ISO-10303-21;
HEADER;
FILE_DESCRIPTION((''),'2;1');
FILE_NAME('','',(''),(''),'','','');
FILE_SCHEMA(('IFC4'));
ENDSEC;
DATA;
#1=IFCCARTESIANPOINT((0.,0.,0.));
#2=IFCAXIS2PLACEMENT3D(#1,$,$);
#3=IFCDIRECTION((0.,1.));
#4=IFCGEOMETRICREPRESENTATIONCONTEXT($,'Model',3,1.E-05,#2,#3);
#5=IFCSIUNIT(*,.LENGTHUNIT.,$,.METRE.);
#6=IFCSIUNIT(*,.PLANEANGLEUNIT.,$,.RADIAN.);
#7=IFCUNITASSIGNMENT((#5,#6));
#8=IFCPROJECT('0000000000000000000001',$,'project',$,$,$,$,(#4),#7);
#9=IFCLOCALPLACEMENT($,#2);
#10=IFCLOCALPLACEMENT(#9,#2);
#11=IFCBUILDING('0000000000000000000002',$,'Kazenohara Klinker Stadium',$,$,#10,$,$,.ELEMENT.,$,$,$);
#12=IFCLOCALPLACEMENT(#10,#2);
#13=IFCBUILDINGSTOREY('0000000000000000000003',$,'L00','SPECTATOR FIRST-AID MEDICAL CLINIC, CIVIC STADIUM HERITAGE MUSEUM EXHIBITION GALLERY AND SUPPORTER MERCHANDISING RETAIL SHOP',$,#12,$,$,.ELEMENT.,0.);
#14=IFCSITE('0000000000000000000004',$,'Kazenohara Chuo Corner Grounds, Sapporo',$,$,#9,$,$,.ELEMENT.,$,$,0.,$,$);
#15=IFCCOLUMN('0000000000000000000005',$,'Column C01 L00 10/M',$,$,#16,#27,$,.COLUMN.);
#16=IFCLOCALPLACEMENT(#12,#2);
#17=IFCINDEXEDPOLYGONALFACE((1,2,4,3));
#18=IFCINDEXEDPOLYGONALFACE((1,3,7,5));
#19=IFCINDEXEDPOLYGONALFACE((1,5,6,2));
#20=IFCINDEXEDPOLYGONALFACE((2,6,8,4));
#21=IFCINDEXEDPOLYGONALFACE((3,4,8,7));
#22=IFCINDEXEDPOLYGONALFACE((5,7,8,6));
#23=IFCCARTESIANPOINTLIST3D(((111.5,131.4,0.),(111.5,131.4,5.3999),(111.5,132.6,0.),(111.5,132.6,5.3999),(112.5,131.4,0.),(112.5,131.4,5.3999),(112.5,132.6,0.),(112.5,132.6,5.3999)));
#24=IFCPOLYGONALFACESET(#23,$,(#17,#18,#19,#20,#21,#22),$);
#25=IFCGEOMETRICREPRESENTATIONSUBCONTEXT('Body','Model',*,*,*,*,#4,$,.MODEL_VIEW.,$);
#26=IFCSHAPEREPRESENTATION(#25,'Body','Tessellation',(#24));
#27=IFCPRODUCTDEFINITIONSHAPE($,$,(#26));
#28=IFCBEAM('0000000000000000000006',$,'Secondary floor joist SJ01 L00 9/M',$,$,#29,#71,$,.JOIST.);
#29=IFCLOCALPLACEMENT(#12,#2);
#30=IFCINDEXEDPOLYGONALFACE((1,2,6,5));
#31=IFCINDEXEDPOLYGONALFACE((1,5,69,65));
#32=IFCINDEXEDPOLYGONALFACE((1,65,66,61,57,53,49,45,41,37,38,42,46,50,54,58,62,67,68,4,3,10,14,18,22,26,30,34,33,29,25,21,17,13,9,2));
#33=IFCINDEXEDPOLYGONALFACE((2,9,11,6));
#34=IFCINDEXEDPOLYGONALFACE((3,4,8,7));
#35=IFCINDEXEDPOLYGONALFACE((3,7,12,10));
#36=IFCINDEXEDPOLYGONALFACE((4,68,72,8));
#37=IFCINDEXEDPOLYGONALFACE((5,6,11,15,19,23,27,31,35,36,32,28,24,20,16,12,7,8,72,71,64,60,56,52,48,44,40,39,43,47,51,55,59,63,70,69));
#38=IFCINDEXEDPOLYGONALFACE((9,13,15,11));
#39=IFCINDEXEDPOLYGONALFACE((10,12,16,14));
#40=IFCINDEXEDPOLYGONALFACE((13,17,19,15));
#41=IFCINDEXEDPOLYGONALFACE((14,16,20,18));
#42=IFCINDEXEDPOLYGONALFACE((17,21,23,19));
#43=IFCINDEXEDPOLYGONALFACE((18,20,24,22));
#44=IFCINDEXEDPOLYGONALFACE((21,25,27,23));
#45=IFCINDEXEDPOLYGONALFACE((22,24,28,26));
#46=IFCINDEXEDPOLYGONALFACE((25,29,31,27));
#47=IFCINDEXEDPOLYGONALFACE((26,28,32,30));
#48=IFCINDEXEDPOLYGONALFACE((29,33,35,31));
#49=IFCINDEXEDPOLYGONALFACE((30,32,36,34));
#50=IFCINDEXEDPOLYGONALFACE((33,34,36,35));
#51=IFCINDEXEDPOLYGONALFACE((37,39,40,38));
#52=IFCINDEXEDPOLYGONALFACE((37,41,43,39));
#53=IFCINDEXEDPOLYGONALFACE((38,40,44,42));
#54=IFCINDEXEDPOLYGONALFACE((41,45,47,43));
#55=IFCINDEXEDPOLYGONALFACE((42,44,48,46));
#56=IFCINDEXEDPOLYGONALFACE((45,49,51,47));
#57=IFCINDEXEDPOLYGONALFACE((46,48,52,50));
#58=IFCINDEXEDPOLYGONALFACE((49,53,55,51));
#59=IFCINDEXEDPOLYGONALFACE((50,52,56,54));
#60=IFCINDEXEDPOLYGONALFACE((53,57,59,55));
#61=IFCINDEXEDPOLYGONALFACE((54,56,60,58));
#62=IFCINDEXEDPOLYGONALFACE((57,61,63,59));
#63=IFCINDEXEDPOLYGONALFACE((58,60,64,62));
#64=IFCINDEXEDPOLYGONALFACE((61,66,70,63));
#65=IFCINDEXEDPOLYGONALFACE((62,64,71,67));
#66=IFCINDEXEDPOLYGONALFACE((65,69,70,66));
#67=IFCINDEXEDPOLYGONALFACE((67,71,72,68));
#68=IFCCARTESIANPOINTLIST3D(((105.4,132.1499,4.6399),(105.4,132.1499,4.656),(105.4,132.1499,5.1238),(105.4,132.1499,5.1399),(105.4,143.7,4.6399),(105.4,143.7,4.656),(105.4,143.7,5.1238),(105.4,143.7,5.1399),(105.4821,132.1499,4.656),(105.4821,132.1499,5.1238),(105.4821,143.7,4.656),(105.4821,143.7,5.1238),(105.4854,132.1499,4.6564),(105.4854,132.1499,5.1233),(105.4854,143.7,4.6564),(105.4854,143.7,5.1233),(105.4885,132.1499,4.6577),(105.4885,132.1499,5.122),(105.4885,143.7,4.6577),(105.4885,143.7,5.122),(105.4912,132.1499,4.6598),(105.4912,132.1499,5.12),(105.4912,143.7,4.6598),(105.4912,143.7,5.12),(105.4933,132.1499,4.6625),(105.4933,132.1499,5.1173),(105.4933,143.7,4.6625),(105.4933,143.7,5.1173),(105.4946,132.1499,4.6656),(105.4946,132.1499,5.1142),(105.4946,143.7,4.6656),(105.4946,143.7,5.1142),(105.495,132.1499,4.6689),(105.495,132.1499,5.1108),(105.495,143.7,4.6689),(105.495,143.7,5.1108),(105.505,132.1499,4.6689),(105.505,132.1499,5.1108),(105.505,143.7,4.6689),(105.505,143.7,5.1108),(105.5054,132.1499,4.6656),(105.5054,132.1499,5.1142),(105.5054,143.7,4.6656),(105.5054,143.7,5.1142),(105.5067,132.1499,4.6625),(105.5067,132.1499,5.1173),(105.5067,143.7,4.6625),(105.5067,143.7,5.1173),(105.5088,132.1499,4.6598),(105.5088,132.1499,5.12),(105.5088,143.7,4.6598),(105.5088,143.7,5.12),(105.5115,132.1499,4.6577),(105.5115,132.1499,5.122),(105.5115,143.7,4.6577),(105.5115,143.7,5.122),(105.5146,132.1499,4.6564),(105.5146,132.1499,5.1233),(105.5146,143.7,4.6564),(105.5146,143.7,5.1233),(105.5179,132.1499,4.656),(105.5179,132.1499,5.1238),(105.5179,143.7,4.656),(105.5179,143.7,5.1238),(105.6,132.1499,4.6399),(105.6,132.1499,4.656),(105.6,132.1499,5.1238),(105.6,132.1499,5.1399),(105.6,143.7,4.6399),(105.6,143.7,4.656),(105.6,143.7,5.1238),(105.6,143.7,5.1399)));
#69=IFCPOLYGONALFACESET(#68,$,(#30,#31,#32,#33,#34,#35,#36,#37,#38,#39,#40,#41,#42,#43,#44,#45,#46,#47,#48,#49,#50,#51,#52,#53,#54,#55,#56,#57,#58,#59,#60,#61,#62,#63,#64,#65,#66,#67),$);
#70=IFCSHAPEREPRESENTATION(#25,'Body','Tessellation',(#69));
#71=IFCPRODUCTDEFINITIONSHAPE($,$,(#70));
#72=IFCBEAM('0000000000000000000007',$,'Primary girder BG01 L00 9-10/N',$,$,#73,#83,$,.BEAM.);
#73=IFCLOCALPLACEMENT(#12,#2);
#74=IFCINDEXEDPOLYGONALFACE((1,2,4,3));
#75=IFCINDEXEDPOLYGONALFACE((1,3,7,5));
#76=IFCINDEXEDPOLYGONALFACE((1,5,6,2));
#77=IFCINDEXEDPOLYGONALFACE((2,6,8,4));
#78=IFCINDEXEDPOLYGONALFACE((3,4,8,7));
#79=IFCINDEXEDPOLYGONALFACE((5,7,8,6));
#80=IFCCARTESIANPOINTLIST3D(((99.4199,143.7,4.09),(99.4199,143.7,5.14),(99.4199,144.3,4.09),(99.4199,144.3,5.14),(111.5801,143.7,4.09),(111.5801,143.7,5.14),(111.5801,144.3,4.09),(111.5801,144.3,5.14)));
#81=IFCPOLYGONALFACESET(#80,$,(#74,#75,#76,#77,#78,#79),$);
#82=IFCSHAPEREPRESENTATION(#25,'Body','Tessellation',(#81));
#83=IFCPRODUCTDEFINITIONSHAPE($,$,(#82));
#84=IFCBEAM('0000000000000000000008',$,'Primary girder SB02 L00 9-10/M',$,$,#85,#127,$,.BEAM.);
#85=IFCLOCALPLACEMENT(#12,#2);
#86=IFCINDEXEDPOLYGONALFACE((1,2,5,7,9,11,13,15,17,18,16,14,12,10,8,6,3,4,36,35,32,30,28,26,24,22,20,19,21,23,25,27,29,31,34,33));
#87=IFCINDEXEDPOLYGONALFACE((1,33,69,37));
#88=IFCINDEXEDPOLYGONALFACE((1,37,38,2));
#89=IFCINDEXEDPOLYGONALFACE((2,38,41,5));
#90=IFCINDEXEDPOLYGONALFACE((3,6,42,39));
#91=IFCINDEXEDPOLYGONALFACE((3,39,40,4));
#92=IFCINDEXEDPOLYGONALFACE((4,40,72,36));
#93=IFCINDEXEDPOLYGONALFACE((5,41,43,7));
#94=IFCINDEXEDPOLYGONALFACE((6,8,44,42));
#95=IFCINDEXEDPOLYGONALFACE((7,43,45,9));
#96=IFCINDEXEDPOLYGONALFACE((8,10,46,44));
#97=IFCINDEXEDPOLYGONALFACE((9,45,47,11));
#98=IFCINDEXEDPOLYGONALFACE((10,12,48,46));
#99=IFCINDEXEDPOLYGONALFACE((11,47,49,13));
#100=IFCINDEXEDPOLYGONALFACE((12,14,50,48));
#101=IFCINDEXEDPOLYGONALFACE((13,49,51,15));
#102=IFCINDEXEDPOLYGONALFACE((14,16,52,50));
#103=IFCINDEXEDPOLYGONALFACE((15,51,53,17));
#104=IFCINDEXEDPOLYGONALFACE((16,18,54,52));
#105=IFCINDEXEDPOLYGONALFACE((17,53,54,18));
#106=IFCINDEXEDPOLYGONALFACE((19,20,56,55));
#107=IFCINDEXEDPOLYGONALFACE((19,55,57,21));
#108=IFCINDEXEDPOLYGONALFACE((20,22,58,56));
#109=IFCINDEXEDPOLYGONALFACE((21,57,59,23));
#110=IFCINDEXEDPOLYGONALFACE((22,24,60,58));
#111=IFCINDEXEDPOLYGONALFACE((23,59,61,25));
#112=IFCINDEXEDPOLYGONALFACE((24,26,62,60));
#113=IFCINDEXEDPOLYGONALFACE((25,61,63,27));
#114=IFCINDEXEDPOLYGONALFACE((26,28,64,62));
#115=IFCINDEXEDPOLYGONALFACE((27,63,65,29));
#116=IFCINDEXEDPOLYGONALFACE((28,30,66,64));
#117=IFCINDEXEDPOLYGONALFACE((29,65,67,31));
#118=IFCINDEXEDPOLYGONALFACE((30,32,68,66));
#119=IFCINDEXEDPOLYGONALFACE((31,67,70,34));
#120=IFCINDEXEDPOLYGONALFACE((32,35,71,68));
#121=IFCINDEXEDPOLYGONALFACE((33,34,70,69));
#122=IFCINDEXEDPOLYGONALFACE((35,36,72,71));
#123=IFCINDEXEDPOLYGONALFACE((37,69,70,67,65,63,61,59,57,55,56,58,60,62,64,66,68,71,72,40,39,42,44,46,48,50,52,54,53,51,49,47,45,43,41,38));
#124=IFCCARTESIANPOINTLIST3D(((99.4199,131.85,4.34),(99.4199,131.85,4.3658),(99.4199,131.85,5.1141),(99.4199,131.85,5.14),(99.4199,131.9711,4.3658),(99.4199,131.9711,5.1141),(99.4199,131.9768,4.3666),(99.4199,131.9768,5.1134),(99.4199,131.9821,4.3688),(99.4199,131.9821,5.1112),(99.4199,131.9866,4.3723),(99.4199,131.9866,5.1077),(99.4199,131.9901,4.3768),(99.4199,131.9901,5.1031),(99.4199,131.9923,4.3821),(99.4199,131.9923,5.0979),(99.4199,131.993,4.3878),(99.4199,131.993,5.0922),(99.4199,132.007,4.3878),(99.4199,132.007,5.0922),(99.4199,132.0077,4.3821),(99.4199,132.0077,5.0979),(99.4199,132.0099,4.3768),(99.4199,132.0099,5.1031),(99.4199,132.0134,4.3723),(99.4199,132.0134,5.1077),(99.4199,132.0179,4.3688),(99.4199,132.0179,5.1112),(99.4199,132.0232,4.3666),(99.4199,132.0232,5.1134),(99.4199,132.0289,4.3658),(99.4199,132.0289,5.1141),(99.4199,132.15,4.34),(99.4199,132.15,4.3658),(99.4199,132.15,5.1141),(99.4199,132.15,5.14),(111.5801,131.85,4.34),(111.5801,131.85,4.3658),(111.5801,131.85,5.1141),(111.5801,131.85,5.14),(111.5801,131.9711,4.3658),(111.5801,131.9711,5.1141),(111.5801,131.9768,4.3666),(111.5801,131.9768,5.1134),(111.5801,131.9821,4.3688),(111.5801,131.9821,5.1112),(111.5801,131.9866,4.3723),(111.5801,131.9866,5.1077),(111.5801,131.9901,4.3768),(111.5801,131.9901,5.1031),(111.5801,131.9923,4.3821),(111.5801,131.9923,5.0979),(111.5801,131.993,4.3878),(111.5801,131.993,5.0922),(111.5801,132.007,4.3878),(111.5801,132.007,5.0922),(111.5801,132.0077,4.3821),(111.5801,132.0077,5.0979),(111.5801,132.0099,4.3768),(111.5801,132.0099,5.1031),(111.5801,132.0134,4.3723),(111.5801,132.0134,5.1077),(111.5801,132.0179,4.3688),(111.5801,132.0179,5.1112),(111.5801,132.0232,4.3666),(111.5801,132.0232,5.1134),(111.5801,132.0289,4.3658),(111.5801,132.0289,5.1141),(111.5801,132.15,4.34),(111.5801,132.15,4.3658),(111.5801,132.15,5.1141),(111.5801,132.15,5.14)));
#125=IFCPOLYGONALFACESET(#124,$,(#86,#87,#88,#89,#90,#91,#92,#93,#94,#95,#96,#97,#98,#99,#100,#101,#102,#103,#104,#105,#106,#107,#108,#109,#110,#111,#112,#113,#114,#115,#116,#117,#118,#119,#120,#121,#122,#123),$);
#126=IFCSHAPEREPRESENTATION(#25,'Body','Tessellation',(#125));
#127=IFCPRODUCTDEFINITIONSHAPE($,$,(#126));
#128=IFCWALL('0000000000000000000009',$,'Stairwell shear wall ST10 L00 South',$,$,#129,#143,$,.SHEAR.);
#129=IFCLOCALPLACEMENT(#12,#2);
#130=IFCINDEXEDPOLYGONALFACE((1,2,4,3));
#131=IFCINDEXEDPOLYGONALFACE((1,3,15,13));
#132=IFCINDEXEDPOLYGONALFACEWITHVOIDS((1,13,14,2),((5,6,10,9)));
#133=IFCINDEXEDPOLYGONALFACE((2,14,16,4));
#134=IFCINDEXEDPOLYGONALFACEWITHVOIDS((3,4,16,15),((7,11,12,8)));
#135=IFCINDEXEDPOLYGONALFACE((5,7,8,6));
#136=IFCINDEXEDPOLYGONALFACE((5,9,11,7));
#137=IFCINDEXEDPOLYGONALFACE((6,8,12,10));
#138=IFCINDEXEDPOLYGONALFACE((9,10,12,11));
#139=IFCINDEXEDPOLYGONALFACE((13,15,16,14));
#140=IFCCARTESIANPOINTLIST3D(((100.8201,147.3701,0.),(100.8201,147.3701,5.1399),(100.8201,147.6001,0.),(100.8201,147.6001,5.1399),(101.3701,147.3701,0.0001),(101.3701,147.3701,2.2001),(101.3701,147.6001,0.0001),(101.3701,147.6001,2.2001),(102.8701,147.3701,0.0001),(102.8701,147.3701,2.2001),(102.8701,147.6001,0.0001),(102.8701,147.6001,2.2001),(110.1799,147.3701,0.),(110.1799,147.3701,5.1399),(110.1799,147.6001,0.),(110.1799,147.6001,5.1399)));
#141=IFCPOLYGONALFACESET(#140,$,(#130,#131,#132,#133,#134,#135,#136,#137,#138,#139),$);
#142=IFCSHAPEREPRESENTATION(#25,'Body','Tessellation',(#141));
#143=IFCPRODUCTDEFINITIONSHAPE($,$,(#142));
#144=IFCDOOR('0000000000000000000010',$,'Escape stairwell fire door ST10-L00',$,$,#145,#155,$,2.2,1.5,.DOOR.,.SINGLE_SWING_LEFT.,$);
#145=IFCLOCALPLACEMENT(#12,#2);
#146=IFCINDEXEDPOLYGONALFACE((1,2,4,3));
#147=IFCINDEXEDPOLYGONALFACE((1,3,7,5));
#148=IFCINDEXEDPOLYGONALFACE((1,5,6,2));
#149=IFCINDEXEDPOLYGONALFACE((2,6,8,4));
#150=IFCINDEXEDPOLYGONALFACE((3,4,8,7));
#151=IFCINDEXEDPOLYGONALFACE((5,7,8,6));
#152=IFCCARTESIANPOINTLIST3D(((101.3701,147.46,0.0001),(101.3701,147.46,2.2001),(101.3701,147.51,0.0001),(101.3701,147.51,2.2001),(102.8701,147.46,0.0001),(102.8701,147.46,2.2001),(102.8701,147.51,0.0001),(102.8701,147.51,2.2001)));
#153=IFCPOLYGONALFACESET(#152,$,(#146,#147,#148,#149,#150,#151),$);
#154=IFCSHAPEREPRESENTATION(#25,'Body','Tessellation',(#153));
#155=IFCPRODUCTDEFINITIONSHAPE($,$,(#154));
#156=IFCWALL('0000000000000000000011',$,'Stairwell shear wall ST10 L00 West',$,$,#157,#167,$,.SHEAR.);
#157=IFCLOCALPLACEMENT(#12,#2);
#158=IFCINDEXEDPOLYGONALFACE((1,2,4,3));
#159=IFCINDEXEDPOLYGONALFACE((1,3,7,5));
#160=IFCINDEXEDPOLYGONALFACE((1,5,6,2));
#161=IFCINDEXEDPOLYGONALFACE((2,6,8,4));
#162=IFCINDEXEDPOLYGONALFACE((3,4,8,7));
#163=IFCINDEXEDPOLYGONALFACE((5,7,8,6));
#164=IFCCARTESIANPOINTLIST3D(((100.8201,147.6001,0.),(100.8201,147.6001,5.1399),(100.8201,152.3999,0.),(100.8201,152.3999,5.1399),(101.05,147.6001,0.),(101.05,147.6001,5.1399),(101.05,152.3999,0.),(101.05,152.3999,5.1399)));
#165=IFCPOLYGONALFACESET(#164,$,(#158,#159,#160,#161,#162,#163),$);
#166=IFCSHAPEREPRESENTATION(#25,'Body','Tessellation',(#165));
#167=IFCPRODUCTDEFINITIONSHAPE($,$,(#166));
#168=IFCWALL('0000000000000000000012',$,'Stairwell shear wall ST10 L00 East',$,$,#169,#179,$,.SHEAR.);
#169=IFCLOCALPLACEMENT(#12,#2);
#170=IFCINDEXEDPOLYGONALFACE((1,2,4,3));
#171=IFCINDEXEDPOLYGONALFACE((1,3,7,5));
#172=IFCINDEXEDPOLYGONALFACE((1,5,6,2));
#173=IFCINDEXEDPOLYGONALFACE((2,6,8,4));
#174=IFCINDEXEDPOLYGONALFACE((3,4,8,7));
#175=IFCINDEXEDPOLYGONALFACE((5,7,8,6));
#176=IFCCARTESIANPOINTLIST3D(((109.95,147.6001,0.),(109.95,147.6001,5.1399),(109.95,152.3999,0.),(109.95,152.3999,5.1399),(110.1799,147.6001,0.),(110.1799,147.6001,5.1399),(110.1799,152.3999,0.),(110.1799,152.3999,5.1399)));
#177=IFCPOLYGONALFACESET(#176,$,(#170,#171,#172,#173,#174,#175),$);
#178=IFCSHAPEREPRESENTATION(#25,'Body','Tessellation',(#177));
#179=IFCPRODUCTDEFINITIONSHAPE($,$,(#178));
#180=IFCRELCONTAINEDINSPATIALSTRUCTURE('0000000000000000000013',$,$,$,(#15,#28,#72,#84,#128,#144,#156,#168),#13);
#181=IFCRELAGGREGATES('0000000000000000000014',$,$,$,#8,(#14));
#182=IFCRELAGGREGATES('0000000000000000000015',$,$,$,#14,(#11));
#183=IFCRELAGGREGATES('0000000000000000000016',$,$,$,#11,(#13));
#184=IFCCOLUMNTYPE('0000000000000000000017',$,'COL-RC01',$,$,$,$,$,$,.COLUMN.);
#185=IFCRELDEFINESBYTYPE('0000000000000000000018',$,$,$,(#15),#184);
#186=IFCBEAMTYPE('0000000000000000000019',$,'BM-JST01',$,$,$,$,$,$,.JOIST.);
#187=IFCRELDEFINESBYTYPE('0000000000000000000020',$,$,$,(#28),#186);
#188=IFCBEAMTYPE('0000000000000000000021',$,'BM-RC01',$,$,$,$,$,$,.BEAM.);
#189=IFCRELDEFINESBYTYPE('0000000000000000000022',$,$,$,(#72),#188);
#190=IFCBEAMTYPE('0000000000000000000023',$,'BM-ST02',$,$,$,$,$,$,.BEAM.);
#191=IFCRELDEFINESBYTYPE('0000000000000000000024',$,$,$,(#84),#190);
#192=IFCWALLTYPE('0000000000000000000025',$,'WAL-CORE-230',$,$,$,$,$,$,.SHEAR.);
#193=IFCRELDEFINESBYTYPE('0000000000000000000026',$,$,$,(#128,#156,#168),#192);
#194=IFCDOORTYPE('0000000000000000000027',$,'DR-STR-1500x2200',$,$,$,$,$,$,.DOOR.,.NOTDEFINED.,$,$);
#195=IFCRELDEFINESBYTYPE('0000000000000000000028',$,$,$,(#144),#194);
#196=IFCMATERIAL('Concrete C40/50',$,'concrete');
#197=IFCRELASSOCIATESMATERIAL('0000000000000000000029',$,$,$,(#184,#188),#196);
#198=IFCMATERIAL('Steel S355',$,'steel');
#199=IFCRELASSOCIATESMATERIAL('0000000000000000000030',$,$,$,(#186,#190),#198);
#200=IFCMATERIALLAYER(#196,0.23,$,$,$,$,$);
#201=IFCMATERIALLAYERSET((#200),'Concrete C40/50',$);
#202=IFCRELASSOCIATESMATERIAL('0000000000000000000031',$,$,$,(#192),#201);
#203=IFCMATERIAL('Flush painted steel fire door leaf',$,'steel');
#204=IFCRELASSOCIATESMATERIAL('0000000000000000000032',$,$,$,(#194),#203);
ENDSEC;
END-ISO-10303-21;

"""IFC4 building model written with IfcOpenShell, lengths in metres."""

from ifc_helpers import new_model, si_unit, direction, frame, frame_2d, origin, origin_2d, place, context, subcontext, project, spatial, rectangle, i_section, extrude, material, layer, layer_set, material_profile, profile_set, type_object, element, fill, save


model = new_model("IFC4")

# Units and contexts
model_context = context("Model", 3, precision=1e-05, world=origin(), true_north=direction((0.0, 1.0)))
body_context = subcontext(model_context, "Body", "Model", "MODEL_VIEW")
ifc_project = project(units=[si_unit("LENGTHUNIT", "METRE"), si_unit("PLANEANGLEUNIT", "RADIAN")], contexts=[model_context])

# Site, building, storey
site_placement = place(None, origin())
site = spatial("IfcSite", under=ifc_project, at=site_placement, Name="Kazenohara Chuo Corner Grounds, Sapporo", CompositionType="ELEMENT", RefElevation=0.0)
building_placement = place(site_placement, origin())
building = spatial("IfcBuilding", under=site, at=building_placement, Name="Kazenohara Klinker Stadium", CompositionType="ELEMENT")
storey_placement = place(building_placement, origin())
storey = spatial("IfcBuildingStorey", under=building, at=storey_placement, Name="L00", Description="SPECTATOR FIRST-AID MEDICAL CLINIC, CIVIC STADIUM HERITAGE MUSEUM EXHIBITION GALLERY AND SUPPORTER MERCHANDISING RETAIL SHOP", CompositionType="ELEMENT", Elevation=0.0)

# Column
ifc_material_1 = material(Name="Concrete C40/50", Category="concrete")
ifc_material_profile_1 = material_profile(ifc_material_1, rectangle(XDim=1.0, YDim=1.2, at=origin_2d()), Name="RC-COL-1200x1000")
ifc_profile_set_1 = profile_set([ifc_material_profile_1], Name="Concrete C40/50")
column_type = type_object("IfcColumnType", Name="COL-RC01", PredefinedType="COLUMN", material=ifc_profile_set_1)
column_placement = place(storey_placement, frame((112.0, 132.0, 0.0), z_axis=(0.0, 0.0, 1.0), x_axis=(1.0, 0.0, 0.0)))
element("IfcColumn", 1, at=column_placement, inside=storey, type_object=column_type, Name="Column C01 L00 10/M", PredefinedType="COLUMN", context=body_context, shape_type="SweptSolid", body=[
    extrude(rectangle(XDim=1.0, YDim=1.2, at=origin_2d()), origin(), (0.0, 0.0, 1.0), 5.3999),
])

# Beams
ifc_material_2 = material(Name="Steel S355", Category="steel")
ifc_material_profile_2 = material_profile(ifc_material_2, i_section(OverallWidth=0.2, OverallDepth=0.5, WebThickness=0.01, FlangeThickness=0.0161, FilletRadius=0.0129, at=origin_2d()), Name="H-500x200x10x16")
ifc_profile_set_2 = profile_set([ifc_material_profile_2], Name="Steel S355")
beam_type_1 = type_object("IfcBeamType", Name="BM-JST01", PredefinedType="JOIST", material=ifc_profile_set_2)
beam_1_placement = place(storey_placement, frame((105.5, 132.1499, 4.8899), z_axis=(0.0, 1.0, 0.0), x_axis=(-1.0, 0.0, 0.0)))
element("IfcBeam", 2, at=beam_1_placement, inside=storey, type_object=beam_type_1, Name="Secondary floor joist SJ01 L00 9/M", PredefinedType="JOIST", context=body_context, shape_type="SweptSolid", body=[
    extrude(i_section(OverallWidth=0.2, OverallDepth=0.5, WebThickness=0.01, FlangeThickness=0.0161, FilletRadius=0.0129, at=origin_2d()), origin(), (0.0, 0.0, 1.0), 11.55),
])
ifc_material_profile_3 = material_profile(ifc_material_1, rectangle(XDim=0.6001, YDim=1.05, at=origin_2d()), Name="RC-BM-600x1050")
ifc_profile_set_3 = profile_set([ifc_material_profile_3], Name="Concrete C40/50")
beam_type_2 = type_object("IfcBeamType", Name="BM-RC01", PredefinedType="BEAM", material=ifc_profile_set_3)
beam_2_placement = place(storey_placement, frame((99.4199, 144.0, 4.615), z_axis=(1.0, 0.0, 0.0), x_axis=(0.0, 1.0, 0.0)))
element("IfcBeam", 3, at=beam_2_placement, inside=storey, type_object=beam_type_2, Name="Primary girder BG01 L00 9-10/N", PredefinedType="BEAM", context=body_context, shape_type="SweptSolid", body=[
    extrude(rectangle(XDim=0.6001, YDim=1.05, at=origin_2d()), origin(), (0.0, 0.0, 1.0), 12.1602),
])
ifc_material_profile_4 = material_profile(ifc_material_2, i_section(OverallWidth=0.3, OverallDepth=0.8, WebThickness=0.0139, FlangeThickness=0.0259, FilletRadius=0.022, at=origin_2d()), Name="H-800x300x14x26")
ifc_profile_set_4 = profile_set([ifc_material_profile_4], Name="Steel S355")
beam_type_3 = type_object("IfcBeamType", Name="BM-ST02", PredefinedType="BEAM", material=ifc_profile_set_4)
beam_3_placement = place(storey_placement, frame((99.4199, 132.0, 4.74), z_axis=(1.0, 0.0, 0.0), x_axis=(0.0, 1.0, 0.0)))
element("IfcBeam", 4, at=beam_3_placement, inside=storey, type_object=beam_type_3, Name="Primary girder SB02 L00 9-10/M", PredefinedType="BEAM", context=body_context, shape_type="SweptSolid", body=[
    extrude(i_section(OverallWidth=0.3, OverallDepth=0.8, WebThickness=0.0139, FlangeThickness=0.0259, FilletRadius=0.022, at=origin_2d()), origin(), (0.0, 0.0, 1.0), 12.1602),
])

# Wall, opening, door
ifc_layer_1 = layer(ifc_material_1, 0.23)
ifc_layer_set_1 = layer_set([ifc_layer_1], Name="Concrete C40/50")
wall_type_1 = type_object("IfcWallType", Name="WAL-CORE-230", PredefinedType="SHEAR", material=ifc_layer_set_1)
wall_1_placement = place(storey_placement, frame((100.8201, 147.4851, 0.0), z_axis=(0.0, 0.0, 1.0), x_axis=(1.0, 0.0, 0.0)))
wall_1 = element("IfcWall", 5, at=wall_1_placement, inside=storey, type_object=wall_type_1, Name="Stairwell shear wall ST10 L00 South", PredefinedType="SHEAR", context=body_context, shape_type="SweptSolid", body=[
    extrude(rectangle(XDim=9.3599, YDim=0.23, at=frame_2d((4.6799, 0.0))), origin(), (0.0, 0.0, 1.0), 5.1399),
])
opening_1_placement = place(wall_1_placement, frame((0.55, 0.0, 0.0)))
opening_1 = element("IfcOpeningElement", 6, at=opening_1_placement, cuts=wall_1, PredefinedType="OPENING", context=body_context, shape_type="SweptSolid", body=[
    extrude(rectangle(XDim=1.5, YDim=2.2, at=frame_2d((0.75, 1.1001))), frame((0.0, 0.125, 0.0), z_axis=(0.0, -1.0, 0.0), x_axis=(1.0, 0.0, 0.0)), (0.0, 0.0, 1.0), 0.25),
])
ifc_material_3 = material(Name="Flush painted steel fire door leaf", Category="steel")
door_type_1 = type_object("IfcDoorType", Name="DR-STR-1500x2200", OperationType="NOTDEFINED", PredefinedType="DOOR", material=ifc_material_3)
door_1_placement = place(opening_1_placement, origin())
door_1 = element("IfcDoor", 7, at=door_1_placement, inside=storey, type_object=door_type_1, Name="Escape stairwell fire door ST10-L00", OperationType="SINGLE_SWING_LEFT", OverallHeight=2.2, OverallWidth=1.5, PredefinedType="DOOR", context=body_context, shape_type="SweptSolid", body=[
    extrude(rectangle(XDim=1.5, YDim=2.2, at=frame_2d((0.75, 1.1001))), frame((0.0, 0.0249, 0.0), z_axis=(0.0, -1.0, 0.0), x_axis=(1.0, 0.0, 0.0)), (0.0, 0.0, 1.0), 0.05),
])
fill(opening_1, door_1)

# Walls
for number, where, z_axis, x_axis, name in (
    (8, (100.9351, 147.6001, 0.0), (0.0, 0.0, 1.0), (0.0, 1.0, 0.0), "Stairwell shear wall ST10 L00 West"),
    (9, (110.0649, 147.6001, 0.0), (0.0, 0.0, 1.0), (0.0, 1.0, 0.0), "Stairwell shear wall ST10 L00 East"),
):
    element("IfcWall", number, at=place(storey_placement, frame(where, z_axis=z_axis, x_axis=x_axis)), inside=storey, type_object=wall_type_1, Name=name, PredefinedType="SHEAR", context=body_context, shape_type="SweptSolid", body=[
        extrude(rectangle(XDim=4.7998, YDim=0.23, at=frame_2d((2.3999, 0.0))), origin(), (0.0, 0.0, 1.0), 5.1399),
    ])

save(model, "model.ifc")
